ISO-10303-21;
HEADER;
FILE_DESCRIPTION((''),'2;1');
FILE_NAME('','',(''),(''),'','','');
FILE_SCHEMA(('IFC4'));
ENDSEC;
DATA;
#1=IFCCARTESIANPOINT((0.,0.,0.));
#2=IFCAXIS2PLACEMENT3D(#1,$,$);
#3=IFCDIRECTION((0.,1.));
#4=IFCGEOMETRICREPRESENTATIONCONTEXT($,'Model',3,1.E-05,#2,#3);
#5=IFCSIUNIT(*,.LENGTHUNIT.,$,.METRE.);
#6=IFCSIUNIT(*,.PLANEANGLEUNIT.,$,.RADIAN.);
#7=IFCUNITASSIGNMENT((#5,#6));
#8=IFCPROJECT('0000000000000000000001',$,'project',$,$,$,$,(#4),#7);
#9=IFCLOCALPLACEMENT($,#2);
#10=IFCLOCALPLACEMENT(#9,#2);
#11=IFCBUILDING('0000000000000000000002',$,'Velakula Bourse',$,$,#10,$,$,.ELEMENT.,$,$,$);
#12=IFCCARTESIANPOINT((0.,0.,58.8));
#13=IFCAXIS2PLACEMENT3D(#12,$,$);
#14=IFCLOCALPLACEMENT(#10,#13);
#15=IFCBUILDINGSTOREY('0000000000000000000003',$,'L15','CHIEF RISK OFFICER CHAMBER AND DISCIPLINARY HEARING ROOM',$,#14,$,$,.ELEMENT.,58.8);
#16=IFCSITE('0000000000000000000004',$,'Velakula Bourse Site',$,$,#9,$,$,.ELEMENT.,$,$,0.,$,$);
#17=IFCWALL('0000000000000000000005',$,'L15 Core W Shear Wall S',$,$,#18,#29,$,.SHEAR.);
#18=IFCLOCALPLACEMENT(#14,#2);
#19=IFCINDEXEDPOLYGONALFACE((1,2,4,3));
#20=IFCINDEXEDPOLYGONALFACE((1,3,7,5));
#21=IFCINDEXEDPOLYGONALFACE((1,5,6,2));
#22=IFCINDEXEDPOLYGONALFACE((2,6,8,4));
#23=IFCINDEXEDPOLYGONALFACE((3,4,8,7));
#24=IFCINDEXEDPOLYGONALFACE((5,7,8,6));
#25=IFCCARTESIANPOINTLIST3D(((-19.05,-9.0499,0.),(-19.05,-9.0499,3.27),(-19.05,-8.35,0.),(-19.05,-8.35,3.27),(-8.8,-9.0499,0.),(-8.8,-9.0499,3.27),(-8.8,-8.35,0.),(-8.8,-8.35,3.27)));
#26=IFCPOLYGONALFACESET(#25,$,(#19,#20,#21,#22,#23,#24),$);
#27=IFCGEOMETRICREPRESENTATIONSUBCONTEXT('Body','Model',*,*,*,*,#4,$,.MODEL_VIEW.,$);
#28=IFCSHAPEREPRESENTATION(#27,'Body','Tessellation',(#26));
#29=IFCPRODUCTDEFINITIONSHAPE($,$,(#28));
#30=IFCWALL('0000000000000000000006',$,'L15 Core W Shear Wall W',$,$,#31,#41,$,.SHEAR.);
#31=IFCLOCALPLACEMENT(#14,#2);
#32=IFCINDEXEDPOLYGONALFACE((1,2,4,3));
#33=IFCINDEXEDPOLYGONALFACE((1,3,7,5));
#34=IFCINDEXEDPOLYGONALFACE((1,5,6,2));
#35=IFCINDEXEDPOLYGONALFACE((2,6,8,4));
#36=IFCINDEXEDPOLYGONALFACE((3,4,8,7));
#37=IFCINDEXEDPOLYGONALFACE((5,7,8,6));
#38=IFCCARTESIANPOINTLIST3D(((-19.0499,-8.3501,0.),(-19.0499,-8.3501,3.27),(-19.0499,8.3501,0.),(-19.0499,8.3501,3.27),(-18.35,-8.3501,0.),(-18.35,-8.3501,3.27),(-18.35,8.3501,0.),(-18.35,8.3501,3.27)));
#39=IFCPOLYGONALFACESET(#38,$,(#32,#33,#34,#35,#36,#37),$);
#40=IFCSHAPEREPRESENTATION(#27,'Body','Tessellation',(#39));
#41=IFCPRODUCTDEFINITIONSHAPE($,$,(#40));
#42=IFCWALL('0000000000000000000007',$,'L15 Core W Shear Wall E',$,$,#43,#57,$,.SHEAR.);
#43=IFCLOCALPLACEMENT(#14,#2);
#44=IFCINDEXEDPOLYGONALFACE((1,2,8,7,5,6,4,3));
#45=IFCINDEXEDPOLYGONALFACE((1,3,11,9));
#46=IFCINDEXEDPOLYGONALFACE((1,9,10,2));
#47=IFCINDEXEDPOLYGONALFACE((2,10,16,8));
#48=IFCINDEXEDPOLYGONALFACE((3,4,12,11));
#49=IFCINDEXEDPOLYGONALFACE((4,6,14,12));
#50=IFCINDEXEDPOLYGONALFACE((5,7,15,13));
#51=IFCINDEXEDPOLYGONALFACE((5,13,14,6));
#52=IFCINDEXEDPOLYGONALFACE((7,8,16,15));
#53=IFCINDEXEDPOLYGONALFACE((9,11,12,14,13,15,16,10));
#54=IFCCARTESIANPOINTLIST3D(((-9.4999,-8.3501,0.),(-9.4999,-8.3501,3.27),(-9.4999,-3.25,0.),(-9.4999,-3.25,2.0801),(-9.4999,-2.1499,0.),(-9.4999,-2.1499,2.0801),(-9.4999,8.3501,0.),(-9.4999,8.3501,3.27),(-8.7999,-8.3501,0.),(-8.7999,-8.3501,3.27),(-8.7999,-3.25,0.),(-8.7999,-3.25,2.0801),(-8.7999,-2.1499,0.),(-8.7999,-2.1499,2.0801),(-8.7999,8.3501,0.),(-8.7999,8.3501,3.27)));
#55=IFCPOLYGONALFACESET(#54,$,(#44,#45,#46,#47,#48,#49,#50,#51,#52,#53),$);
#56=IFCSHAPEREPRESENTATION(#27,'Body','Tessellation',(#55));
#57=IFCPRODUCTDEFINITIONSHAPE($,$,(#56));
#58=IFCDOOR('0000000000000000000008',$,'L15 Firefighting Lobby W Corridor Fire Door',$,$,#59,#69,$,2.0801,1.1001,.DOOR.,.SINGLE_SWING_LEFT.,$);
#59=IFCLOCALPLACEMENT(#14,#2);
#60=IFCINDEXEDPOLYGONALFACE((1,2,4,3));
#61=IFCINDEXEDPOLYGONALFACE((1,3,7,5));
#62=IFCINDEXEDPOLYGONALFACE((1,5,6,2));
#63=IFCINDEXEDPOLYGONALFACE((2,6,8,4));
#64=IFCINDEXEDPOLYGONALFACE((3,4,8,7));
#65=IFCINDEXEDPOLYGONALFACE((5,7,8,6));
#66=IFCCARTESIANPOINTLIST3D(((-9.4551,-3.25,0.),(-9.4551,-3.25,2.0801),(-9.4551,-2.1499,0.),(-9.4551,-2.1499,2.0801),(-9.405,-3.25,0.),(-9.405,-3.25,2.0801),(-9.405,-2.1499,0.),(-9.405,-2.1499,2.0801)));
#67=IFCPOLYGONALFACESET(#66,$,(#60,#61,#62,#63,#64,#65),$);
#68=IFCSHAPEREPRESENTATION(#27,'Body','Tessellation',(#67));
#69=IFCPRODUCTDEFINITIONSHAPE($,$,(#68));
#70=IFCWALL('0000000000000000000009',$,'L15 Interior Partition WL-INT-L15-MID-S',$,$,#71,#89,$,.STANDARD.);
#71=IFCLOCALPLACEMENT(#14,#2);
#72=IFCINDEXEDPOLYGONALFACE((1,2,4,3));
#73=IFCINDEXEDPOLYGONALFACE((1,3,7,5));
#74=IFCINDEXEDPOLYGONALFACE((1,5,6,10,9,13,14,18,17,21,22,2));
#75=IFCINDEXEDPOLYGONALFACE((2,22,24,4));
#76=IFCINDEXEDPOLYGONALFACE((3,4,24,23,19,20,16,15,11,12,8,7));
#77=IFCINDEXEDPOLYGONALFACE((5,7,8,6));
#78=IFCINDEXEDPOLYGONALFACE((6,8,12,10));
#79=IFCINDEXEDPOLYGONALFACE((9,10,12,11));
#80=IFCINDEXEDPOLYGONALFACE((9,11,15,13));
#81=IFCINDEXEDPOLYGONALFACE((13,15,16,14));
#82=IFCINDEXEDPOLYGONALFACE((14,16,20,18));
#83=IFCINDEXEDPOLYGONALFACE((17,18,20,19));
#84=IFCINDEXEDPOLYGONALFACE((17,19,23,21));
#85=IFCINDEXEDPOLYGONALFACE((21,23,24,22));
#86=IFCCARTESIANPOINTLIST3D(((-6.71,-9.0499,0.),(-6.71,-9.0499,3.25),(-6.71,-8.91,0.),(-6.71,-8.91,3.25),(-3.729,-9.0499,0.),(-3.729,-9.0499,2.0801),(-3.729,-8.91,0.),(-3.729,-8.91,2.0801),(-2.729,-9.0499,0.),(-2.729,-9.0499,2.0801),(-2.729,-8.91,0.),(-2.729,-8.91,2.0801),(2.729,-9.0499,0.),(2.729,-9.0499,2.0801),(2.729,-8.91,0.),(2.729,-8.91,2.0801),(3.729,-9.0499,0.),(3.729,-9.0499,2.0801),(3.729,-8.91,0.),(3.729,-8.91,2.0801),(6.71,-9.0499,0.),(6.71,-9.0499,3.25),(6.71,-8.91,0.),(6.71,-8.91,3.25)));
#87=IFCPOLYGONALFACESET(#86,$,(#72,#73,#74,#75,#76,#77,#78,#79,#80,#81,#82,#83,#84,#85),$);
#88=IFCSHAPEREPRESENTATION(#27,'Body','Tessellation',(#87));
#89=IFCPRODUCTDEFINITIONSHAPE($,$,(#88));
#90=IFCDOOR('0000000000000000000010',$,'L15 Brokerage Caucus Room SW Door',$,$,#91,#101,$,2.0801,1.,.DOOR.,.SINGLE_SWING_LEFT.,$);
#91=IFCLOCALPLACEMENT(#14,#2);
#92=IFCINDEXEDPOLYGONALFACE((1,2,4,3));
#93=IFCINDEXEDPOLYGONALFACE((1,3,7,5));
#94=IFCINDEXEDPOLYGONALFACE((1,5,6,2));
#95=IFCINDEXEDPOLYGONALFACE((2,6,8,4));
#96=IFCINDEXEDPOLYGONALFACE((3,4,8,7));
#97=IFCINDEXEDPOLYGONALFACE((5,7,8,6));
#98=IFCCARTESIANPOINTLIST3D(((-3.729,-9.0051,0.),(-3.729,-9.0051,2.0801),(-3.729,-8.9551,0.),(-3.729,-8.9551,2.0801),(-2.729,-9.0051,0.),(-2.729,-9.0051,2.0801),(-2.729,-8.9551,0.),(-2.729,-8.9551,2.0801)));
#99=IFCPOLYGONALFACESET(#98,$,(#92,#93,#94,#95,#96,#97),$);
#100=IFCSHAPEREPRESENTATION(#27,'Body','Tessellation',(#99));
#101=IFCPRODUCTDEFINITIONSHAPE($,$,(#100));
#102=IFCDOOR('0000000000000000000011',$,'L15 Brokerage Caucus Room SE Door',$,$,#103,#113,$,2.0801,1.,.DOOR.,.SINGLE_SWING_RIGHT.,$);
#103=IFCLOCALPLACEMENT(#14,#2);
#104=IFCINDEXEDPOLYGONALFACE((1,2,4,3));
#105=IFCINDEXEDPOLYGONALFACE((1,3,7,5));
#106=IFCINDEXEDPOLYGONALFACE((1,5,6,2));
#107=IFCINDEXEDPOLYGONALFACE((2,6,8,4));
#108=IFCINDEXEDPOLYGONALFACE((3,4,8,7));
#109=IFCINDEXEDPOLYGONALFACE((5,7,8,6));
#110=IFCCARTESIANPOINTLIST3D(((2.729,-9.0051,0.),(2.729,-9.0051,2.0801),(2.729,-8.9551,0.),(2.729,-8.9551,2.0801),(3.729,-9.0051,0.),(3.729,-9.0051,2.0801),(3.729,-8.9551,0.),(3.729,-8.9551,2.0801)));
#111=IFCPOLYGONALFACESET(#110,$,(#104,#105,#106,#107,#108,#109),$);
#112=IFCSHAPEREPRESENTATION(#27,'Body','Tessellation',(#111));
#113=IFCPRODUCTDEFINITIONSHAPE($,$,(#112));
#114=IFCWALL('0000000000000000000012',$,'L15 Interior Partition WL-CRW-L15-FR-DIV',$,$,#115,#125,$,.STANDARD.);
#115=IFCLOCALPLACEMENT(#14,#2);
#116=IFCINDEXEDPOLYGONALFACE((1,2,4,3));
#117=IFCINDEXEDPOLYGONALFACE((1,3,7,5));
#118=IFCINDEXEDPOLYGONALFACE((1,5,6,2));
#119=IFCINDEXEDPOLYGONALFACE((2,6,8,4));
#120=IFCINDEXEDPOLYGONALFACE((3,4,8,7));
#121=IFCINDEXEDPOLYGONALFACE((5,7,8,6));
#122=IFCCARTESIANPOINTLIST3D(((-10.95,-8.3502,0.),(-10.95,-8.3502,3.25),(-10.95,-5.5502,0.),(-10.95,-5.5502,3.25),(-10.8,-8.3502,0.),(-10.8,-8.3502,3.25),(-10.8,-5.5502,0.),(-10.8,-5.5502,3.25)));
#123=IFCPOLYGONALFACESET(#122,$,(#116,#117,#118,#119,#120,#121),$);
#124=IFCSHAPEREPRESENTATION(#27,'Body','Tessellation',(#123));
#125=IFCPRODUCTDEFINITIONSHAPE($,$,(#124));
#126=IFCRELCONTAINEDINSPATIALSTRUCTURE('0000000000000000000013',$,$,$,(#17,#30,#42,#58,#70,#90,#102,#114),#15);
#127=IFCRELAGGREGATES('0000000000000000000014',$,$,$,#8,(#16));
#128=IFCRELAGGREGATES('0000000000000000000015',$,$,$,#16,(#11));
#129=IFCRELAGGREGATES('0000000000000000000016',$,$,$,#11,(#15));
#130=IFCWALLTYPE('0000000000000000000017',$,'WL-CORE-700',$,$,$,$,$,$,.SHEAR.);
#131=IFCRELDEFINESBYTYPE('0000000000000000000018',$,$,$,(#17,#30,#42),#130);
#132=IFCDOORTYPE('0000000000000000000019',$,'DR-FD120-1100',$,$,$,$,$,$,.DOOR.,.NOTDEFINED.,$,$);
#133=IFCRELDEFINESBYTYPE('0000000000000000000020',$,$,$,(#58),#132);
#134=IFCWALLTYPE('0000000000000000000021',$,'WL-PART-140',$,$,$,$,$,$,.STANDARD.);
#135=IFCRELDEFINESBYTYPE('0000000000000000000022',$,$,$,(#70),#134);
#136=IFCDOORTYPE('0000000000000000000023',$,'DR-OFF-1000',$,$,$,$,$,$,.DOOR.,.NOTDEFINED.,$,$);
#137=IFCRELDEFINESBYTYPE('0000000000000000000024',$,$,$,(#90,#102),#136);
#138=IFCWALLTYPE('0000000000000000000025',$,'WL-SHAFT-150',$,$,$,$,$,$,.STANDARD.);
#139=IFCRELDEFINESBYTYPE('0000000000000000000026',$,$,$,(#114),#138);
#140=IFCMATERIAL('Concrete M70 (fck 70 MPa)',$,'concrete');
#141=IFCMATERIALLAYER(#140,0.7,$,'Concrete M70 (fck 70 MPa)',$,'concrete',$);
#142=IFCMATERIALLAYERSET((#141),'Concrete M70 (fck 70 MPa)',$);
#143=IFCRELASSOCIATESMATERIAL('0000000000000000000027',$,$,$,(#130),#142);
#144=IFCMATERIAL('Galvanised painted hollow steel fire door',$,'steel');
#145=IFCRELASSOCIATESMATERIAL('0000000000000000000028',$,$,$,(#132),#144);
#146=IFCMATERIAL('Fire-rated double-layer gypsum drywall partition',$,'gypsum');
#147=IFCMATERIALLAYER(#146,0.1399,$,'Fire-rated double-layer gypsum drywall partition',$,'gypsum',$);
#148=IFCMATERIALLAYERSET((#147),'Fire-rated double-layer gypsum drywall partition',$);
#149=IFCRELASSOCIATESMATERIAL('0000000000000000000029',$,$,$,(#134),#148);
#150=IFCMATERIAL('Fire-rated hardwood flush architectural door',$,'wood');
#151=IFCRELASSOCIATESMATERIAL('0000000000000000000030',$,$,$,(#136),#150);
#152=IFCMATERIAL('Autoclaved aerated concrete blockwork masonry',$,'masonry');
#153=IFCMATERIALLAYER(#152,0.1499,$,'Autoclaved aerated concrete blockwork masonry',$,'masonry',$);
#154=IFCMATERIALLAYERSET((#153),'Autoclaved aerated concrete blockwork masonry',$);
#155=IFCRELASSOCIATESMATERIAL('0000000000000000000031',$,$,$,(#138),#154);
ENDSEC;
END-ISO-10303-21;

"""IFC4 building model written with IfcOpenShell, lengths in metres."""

from ifc_helpers import new_model, si_unit, direction, frame, frame_2d, origin, place, context, subcontext, project, spatial, rectangle, extrude, material, layer, layer_set, type_object, element, fill, save


model = new_model("IFC4")

# Units and contexts
model_context = context("Model", 3, precision=1e-05, world=origin(), true_north=direction((0.0, 1.0)))
body_context = subcontext(model_context, "Body", "Model", "MODEL_VIEW")
ifc_project = project(units=[si_unit("LENGTHUNIT", "METRE"), si_unit("PLANEANGLEUNIT", "RADIAN")], contexts=[model_context])

# Site, building, storey
site_placement = place(None, origin())
site = spatial("IfcSite", under=ifc_project, at=site_placement, Name="Velakula Bourse Site", CompositionType="ELEMENT", RefElevation=0.0)
building_placement = place(site_placement, origin())
building = spatial("IfcBuilding", under=site, at=building_placement, Name="Velakula Bourse", CompositionType="ELEMENT")
storey_placement = place(building_placement, frame((0.0, 0.0, 58.8)))
storey = spatial("IfcBuildingStorey", under=building, at=storey_placement, Name="L15", Description="CHIEF RISK OFFICER CHAMBER AND DISCIPLINARY HEARING ROOM", CompositionType="ELEMENT", Elevation=58.8)

# Shared definitions
ifc_material_1 = material(Name="Concrete M70 (fck 70 MPa)", Category="concrete")

# Shared definitions
ifc_material_2 = material(Name="Galvanised painted hollow steel fire door", Category="steel")

# Walls
ifc_layer_1 = layer(ifc_material_1, 0.7, Name="Concrete M70 (fck 70 MPa)", Category="concrete")
ifc_layer_set_1 = layer_set([ifc_layer_1], Name="Concrete M70 (fck 70 MPa)")
wall_type_1 = type_object("IfcWallType", Name="WL-CORE-700", PredefinedType="SHEAR", material=ifc_layer_set_1)
wall_1_placement = place(storey_placement, frame((-19.05, -8.7, 0.0), z_axis=(0.0, 0.0, 1.0), x_axis=(1.0, 0.0, 0.0)))
element("IfcWall", 1, at=wall_1_placement, inside=storey, type_object=wall_type_1, Name="L15 Core W Shear Wall S", PredefinedType="SHEAR", context=body_context, shape_type="SweptSolid", body=[
    extrude(rectangle(XDim=10.25, YDim=0.7, at=frame_2d((5.125, 0.0))), origin(), (0.0, 0.0, 1.0), 3.27),
])
wall_2_placement = place(storey_placement, frame((-18.7, -8.3501, 0.0), z_axis=(0.0, 0.0, 1.0), x_axis=(0.0, 1.0, 0.0)))
element("IfcWall", 2, at=wall_2_placement, inside=storey, type_object=wall_type_1, Name="L15 Core W Shear Wall W", PredefinedType="SHEAR", context=body_context, shape_type="SweptSolid", body=[
    extrude(rectangle(XDim=16.7002, YDim=0.7, at=frame_2d((8.3501, 0.0))), origin(), (0.0, 0.0, 1.0), 3.27),
])

# Wall, opening, door
wall_3_placement = place(storey_placement, frame((-9.1499, -8.3501, 0.0), z_axis=(0.0, 0.0, 1.0), x_axis=(0.0, 1.0, 0.0)))
wall_3 = element("IfcWall", 3, at=wall_3_placement, inside=storey, type_object=wall_type_1, Name="L15 Core W Shear Wall E", PredefinedType="SHEAR", context=body_context, shape_type="SweptSolid", body=[
    extrude(rectangle(XDim=16.7002, YDim=0.7, at=frame_2d((8.3501, 0.0))), origin(), (0.0, 0.0, 1.0), 3.27),
])
opening_1_placement = place(wall_3_placement, frame((5.1001, 0.0, 0.0)))
opening_1 = element("IfcOpeningElement", 4, at=opening_1_placement, cuts=wall_3, PredefinedType="OPENING", context=body_context, shape_type="SweptSolid", body=[
    extrude(rectangle(XDim=1.1001, YDim=2.0801, at=frame_2d((0.55, 1.04))), frame((0.0, 0.3599, 0.0), z_axis=(0.0, -1.0, 0.0), x_axis=(1.0, 0.0, 0.0)), (0.0, 0.0, 1.0), 0.72),
])
door_type_1 = type_object("IfcDoorType", Name="DR-FD120-1100", OperationType="NOTDEFINED", PredefinedType="DOOR", material=ifc_material_2)
door_1_placement = place(opening_1_placement, origin())
door_1 = element("IfcDoor", 5, at=door_1_placement, inside=storey, type_object=door_type_1, Name="L15 Firefighting Lobby W Corridor Fire Door", OperationType="SINGLE_SWING_LEFT", OverallHeight=2.0801, OverallWidth=1.1001, PredefinedType="DOOR", context=body_context, shape_type="SweptSolid", body=[
    extrude(rectangle(XDim=1.1001, YDim=2.0801, at=frame_2d((0.55, 1.04))), frame((0.0, 0.3052, 0.0), z_axis=(0.0, -1.0, 0.0), x_axis=(1.0, 0.0, 0.0)), (0.0, 0.0, 1.0), 0.05),
])
fill(opening_1, door_1)

# Wall, openings, doors
ifc_material_3 = material(Name="Fire-rated double-layer gypsum drywall partition", Category="gypsum")
ifc_layer_2 = layer(ifc_material_3, 0.1399, Name="Fire-rated double-layer gypsum drywall partition", Category="gypsum")
ifc_layer_set_2 = layer_set([ifc_layer_2], Name="Fire-rated double-layer gypsum drywall partition")
wall_type_2 = type_object("IfcWallType", Name="WL-PART-140", PredefinedType="STANDARD", material=ifc_layer_set_2)
wall_4_placement = place(storey_placement, frame((-6.71, -8.98, 0.0), z_axis=(0.0, 0.0, 1.0), x_axis=(1.0, 0.0, 0.0)))
wall_4 = element("IfcWall", 6, at=wall_4_placement, inside=storey, type_object=wall_type_2, Name="L15 Interior Partition WL-INT-L15-MID-S", PredefinedType="STANDARD", context=body_context, shape_type="SweptSolid", body=[
    extrude(rectangle(XDim=13.4199, YDim=0.1399, at=frame_2d((6.71, 0.0))), origin(), (0.0, 0.0, 1.0), 3.25),
])
opening_2_placement = place(wall_4_placement, frame((2.981, 0.0, 0.0)))
opening_2 = element("IfcOpeningElement", 7, at=opening_2_placement, cuts=wall_4, PredefinedType="OPENING", context=body_context, shape_type="SweptSolid", body=[
    extrude(rectangle(XDim=1.0, YDim=2.0801, at=frame_2d((0.5, 1.04))), frame((0.0, 0.0798, 0.0), z_axis=(0.0, -1.0, 0.0), x_axis=(1.0, 0.0, 0.0)), (0.0, 0.0, 1.0), 0.1599),
])
opening_3_placement = place(wall_4_placement, frame((9.439, 0.0, 0.0)))
opening_3 = element("IfcOpeningElement", 8, at=opening_3_placement, cuts=wall_4, PredefinedType="OPENING", context=body_context, shape_type="SweptSolid", body=[
    extrude(rectangle(XDim=1.0, YDim=2.0801, at=frame_2d((0.5, 1.04))), frame((0.0, 0.0798, 0.0), z_axis=(0.0, -1.0, 0.0), x_axis=(1.0, 0.0, 0.0)), (0.0, 0.0, 1.0), 0.1599),
])
ifc_material_4 = material(Name="Fire-rated hardwood flush architectural door", Category="wood")
door_type_2 = type_object("IfcDoorType", Name="DR-OFF-1000", OperationType="NOTDEFINED", PredefinedType="DOOR", material=ifc_material_4)
door_2_placement = place(opening_2_placement, origin())
door_2 = element("IfcDoor", 9, at=door_2_placement, inside=storey, type_object=door_type_2, Name="L15 Brokerage Caucus Room SW Door", OperationType="SINGLE_SWING_LEFT", OverallHeight=2.0801, OverallWidth=1.0, PredefinedType="DOOR", context=body_context, shape_type="SweptSolid", body=[
    extrude(rectangle(XDim=1.0, YDim=2.0801, at=frame_2d((0.5, 1.04))), frame((0.0, 0.0249, 0.0), z_axis=(0.0, -1.0, 0.0), x_axis=(1.0, 0.0, 0.0)), (0.0, 0.0, 1.0), 0.05),
])
fill(opening_2, door_2)
door_3_placement = place(opening_3_placement, origin())
door_3 = element("IfcDoor", 10, at=door_3_placement, inside=storey, type_object=door_type_2, Name="L15 Brokerage Caucus Room SE Door", OperationType="SINGLE_SWING_RIGHT", OverallHeight=2.0801, OverallWidth=1.0, PredefinedType="DOOR", context=body_context, shape_type="SweptSolid", body=[
    extrude(rectangle(XDim=1.0, YDim=2.0801, at=frame_2d((0.5, 1.04))), frame((0.0, 0.0249, 0.0), z_axis=(0.0, -1.0, 0.0), x_axis=(1.0, 0.0, 0.0)), (0.0, 0.0, 1.0), 0.05),
])
fill(opening_3, door_3)
ifc_material_5 = material(Name="Autoclaved aerated concrete blockwork masonry", Category="masonry")
ifc_layer_3 = layer(ifc_material_5, 0.1499, Name="Autoclaved aerated concrete blockwork masonry", Category="masonry")
ifc_layer_set_3 = layer_set([ifc_layer_3], Name="Autoclaved aerated concrete blockwork masonry")
wall_type_3 = type_object("IfcWallType", Name="WL-SHAFT-150", PredefinedType="STANDARD", material=ifc_layer_set_3)

# Wall
wall_5_placement = place(storey_placement, frame((-10.875, -8.3501, 0.0), z_axis=(0.0, 0.0, 1.0), x_axis=(0.0, 1.0, 0.0)))
element("IfcWall", 11, at=wall_5_placement, inside=storey, type_object=wall_type_3, Name="L15 Interior Partition WL-CRW-L15-FR-DIV", PredefinedType="STANDARD", context=body_context, shape_type="SweptSolid", body=[
    extrude(rectangle(XDim=2.8, YDim=0.1499, at=frame_2d((1.3999, 0.0))), origin(), (0.0, 0.0, 1.0), 3.25),
])

save(model, "model.ifc")
